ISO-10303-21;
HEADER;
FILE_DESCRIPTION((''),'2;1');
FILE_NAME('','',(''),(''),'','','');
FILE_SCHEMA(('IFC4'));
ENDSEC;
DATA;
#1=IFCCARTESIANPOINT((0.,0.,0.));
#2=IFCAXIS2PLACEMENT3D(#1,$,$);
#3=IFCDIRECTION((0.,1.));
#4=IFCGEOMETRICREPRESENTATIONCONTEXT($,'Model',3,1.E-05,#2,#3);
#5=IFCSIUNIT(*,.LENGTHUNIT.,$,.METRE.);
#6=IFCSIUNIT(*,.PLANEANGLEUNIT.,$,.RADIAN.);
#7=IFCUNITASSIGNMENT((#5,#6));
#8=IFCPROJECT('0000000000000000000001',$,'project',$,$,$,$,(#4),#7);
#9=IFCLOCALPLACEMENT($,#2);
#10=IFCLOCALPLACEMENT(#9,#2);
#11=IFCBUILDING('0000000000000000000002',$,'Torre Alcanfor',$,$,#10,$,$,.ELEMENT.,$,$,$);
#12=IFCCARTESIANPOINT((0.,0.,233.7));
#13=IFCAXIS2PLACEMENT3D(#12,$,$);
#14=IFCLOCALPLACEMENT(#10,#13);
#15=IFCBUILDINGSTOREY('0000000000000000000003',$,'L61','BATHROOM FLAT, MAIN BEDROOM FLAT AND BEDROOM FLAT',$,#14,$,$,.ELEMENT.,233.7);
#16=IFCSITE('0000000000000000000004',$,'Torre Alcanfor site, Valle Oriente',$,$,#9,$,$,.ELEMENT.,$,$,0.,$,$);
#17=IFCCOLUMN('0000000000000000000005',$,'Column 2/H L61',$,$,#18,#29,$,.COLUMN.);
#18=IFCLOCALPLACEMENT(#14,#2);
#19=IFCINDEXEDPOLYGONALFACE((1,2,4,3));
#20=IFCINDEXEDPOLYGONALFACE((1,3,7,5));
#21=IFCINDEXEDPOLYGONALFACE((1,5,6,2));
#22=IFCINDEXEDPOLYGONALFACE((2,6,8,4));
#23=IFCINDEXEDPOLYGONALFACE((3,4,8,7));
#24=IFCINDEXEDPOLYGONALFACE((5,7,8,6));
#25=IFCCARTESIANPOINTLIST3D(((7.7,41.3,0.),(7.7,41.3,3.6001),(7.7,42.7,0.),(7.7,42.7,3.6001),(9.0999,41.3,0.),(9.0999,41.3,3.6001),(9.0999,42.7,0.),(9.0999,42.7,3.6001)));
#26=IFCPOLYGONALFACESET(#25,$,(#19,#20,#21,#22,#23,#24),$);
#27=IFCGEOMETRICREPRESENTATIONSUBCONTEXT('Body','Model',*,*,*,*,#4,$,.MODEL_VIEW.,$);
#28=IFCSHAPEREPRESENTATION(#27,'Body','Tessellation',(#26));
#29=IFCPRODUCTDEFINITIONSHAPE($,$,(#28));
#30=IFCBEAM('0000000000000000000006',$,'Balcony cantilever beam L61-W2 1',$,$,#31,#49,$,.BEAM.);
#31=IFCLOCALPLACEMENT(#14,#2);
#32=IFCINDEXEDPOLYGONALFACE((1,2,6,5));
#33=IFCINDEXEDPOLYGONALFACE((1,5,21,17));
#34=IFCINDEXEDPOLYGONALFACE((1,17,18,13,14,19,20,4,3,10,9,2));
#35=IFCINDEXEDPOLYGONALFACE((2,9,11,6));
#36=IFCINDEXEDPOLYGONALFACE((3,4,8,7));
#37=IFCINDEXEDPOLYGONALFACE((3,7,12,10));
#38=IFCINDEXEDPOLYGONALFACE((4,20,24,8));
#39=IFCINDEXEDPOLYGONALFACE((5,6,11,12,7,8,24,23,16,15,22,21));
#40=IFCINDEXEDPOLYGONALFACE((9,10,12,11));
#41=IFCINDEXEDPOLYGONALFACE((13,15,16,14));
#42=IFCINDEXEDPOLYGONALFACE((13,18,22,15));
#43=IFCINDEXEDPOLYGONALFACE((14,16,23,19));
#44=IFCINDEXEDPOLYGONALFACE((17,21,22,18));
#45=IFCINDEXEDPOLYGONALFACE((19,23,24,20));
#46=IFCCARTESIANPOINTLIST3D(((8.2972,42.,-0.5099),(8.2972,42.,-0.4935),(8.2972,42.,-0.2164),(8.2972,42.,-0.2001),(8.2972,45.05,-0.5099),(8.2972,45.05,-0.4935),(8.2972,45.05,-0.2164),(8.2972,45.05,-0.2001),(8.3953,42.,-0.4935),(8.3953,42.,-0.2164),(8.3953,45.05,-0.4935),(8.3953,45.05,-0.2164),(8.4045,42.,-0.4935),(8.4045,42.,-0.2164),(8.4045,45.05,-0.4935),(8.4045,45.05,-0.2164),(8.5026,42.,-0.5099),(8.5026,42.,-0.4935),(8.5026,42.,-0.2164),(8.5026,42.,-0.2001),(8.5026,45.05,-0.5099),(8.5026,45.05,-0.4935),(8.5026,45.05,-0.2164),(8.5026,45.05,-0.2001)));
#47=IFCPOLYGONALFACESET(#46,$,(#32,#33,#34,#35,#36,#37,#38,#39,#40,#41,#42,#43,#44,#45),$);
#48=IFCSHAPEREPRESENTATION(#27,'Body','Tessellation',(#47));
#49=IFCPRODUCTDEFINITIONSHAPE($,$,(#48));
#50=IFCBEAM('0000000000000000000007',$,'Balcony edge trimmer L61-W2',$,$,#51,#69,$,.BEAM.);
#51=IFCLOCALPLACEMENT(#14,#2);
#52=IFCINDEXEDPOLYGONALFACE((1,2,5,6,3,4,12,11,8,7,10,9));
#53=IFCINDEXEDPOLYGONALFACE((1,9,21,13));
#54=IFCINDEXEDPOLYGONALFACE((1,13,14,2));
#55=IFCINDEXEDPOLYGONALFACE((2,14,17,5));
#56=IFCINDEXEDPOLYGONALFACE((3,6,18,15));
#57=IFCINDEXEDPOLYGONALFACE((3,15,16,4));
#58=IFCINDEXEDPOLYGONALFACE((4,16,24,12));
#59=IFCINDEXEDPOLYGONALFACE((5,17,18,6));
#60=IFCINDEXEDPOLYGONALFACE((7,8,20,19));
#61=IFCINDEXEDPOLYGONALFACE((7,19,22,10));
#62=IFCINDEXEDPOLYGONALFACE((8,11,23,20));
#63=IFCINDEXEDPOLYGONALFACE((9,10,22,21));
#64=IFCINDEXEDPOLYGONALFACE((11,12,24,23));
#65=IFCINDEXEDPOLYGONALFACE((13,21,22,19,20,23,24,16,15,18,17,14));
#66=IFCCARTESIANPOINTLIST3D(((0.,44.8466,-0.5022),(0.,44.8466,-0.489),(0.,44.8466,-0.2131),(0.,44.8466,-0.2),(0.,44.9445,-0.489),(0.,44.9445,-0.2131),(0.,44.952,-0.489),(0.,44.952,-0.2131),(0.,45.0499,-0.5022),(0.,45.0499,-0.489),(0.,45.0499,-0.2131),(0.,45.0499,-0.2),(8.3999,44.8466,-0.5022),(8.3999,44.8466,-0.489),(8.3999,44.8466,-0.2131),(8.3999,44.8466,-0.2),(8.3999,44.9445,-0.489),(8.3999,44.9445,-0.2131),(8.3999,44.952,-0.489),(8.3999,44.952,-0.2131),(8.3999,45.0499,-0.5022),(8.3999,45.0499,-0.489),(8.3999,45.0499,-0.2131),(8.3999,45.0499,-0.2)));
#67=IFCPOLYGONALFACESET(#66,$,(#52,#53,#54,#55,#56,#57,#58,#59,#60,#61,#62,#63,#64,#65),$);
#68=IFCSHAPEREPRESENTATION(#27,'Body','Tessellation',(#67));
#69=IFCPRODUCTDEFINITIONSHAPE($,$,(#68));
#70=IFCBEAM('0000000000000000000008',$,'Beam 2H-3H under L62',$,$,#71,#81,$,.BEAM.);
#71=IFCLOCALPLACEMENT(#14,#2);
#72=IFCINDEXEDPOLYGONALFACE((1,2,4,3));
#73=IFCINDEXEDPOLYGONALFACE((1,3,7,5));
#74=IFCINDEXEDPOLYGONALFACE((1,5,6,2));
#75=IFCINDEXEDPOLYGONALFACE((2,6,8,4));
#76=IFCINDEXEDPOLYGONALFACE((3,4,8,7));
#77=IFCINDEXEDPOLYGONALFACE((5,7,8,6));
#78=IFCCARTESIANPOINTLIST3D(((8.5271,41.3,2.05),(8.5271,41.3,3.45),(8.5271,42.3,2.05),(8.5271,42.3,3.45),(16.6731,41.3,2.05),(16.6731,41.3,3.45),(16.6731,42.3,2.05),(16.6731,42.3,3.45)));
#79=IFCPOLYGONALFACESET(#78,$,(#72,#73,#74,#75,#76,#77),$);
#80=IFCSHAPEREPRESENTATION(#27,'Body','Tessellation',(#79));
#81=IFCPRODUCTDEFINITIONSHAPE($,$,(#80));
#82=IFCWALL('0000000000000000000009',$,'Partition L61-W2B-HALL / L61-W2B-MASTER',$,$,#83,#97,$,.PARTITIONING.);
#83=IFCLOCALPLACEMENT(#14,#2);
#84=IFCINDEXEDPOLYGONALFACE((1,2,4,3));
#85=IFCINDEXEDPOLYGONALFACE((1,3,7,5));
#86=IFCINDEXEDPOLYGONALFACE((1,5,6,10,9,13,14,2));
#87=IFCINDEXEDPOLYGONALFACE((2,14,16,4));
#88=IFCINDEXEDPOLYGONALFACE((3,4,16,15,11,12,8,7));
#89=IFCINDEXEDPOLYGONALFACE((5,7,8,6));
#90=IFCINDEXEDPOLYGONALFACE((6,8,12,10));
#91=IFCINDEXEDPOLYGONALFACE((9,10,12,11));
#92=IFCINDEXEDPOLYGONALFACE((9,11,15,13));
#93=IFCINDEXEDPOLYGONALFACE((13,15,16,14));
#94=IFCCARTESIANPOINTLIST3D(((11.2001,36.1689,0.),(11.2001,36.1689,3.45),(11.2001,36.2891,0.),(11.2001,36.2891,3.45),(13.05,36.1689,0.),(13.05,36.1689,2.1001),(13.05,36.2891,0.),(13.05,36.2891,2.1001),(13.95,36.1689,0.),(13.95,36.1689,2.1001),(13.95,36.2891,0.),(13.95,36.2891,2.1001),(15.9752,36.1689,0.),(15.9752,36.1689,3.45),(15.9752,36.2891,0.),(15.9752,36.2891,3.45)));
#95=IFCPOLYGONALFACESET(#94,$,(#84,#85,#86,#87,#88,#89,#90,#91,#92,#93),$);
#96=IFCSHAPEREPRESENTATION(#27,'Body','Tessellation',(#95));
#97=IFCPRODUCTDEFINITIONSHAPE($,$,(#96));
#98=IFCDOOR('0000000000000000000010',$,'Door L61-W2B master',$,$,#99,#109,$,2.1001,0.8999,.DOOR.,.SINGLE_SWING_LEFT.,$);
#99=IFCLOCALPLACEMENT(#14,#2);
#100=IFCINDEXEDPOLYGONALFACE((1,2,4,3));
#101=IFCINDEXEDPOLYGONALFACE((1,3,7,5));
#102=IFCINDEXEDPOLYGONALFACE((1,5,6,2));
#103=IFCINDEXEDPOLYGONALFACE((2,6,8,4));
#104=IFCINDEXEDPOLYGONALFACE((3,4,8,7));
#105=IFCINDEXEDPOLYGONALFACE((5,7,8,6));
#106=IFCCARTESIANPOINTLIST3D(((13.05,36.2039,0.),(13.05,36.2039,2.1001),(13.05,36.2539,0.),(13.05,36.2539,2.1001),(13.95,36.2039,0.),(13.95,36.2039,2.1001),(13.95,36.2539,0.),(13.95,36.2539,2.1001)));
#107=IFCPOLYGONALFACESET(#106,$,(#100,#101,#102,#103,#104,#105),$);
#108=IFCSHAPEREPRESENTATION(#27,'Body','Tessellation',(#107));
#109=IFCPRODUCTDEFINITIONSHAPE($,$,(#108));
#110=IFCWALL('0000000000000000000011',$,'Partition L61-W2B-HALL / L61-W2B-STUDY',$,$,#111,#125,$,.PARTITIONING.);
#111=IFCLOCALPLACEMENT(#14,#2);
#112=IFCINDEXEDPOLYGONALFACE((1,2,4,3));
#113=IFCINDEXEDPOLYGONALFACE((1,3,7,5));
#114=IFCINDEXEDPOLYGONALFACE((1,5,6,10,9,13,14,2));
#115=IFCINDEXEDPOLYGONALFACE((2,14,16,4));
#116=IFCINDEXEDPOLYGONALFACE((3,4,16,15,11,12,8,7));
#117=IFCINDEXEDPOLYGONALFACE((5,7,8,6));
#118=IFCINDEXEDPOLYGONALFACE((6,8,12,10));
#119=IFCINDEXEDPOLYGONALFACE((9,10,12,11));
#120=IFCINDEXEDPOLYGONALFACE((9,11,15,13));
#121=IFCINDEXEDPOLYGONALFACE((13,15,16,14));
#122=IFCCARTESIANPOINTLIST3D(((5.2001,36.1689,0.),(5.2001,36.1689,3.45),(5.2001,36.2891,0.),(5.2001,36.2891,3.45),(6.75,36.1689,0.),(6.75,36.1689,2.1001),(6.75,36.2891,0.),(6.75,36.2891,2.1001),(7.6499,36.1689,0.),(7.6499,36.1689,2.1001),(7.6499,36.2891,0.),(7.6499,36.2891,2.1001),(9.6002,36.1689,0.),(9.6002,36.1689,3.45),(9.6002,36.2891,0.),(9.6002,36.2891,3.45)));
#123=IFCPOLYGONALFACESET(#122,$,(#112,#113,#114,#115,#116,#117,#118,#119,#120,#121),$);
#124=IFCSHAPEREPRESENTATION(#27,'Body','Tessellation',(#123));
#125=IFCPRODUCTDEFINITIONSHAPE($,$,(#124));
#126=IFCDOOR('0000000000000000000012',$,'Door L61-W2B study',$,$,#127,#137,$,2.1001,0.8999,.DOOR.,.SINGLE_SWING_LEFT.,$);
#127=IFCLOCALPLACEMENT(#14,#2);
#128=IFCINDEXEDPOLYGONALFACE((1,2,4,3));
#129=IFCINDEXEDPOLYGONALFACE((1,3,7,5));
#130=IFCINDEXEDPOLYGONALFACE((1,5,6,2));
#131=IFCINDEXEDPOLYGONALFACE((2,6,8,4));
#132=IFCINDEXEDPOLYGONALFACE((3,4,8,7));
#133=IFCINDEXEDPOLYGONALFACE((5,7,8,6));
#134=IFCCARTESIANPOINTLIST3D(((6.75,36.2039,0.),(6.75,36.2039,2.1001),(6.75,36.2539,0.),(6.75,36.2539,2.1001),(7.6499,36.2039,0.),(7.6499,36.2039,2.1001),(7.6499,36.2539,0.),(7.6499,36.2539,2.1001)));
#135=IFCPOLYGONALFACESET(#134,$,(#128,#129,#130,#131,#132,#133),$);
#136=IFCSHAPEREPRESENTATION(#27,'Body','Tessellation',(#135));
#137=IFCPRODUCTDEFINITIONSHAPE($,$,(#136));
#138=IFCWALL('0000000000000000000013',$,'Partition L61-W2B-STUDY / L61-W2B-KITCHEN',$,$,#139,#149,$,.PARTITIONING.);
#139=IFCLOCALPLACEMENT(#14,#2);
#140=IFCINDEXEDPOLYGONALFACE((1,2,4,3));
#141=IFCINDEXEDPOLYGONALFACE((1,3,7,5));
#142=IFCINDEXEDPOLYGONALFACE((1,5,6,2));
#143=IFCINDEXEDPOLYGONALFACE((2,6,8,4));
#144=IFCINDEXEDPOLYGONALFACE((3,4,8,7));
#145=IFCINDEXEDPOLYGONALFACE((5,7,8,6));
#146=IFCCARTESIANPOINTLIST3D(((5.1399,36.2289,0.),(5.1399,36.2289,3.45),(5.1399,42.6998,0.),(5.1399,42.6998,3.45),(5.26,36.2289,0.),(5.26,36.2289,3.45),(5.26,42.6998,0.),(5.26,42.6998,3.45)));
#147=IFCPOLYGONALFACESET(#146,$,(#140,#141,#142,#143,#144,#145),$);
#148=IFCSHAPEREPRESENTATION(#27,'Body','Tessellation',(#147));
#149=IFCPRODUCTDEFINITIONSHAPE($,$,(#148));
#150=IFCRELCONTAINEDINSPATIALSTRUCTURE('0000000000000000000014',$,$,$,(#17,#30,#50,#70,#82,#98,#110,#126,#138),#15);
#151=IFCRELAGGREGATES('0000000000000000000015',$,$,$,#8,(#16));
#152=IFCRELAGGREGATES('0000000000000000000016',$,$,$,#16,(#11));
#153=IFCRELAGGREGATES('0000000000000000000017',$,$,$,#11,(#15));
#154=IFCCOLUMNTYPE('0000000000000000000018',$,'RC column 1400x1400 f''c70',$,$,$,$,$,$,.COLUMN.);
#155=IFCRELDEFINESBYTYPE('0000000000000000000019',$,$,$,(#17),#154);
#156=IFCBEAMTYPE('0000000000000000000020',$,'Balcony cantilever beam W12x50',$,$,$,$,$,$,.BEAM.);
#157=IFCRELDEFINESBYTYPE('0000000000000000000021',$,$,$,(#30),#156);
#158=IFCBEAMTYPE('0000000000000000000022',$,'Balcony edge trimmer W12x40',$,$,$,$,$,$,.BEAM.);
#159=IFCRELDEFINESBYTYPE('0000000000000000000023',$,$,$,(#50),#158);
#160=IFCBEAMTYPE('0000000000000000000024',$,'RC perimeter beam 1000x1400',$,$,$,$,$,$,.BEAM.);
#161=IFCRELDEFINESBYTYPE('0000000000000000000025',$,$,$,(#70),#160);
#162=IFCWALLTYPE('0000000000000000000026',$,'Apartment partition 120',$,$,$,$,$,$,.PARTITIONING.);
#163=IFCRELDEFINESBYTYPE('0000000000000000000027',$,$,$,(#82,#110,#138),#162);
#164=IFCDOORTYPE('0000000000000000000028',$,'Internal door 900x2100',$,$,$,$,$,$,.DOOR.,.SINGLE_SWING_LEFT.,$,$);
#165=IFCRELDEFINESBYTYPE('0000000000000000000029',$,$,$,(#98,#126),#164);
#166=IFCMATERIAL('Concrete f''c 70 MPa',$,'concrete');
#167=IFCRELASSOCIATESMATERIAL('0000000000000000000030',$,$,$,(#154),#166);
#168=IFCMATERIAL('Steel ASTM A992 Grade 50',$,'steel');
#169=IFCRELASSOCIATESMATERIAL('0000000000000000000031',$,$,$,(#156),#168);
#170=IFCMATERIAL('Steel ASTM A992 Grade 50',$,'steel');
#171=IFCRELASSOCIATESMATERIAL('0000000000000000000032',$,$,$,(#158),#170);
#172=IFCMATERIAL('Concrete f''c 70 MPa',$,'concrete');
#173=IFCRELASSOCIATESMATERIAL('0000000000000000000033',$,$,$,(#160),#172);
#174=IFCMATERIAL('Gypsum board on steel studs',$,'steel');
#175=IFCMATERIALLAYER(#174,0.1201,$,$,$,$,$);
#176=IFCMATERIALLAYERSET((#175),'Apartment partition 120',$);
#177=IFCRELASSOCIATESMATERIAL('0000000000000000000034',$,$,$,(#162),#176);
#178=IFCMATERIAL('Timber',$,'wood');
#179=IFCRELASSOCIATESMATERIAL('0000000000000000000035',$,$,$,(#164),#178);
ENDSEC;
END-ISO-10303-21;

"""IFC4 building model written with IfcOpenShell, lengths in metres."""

from ifc_helpers import new_model, si_unit, direction, frame, frame_2d, origin, origin_2d, place, context, subcontext, project, spatial, rectangle, i_section, extrude, material, layer, layer_set, material_profile, profile_set, type_object, element, fill, save


model = new_model("IFC4")

# Units and contexts
model_context = context("Model", 3, precision=1e-05, world=origin(), true_north=direction((0.0, 1.0)))
body_context = subcontext(model_context, "Body", "Model", "MODEL_VIEW")
ifc_project = project(units=[si_unit("LENGTHUNIT", "METRE"), si_unit("PLANEANGLEUNIT", "RADIAN")], contexts=[model_context])

# Site, building, storey
site_placement = place(None, origin())
site = spatial("IfcSite", under=ifc_project, at=site_placement, Name="Torre Alcanfor site, Valle Oriente", CompositionType="ELEMENT", RefElevation=0.0)
building_placement = place(site_placement, origin())
building = spatial("IfcBuilding", under=site, at=building_placement, Name="Torre Alcanfor", CompositionType="ELEMENT")
storey_placement = place(building_placement, frame((0.0, 0.0, 233.7)))
storey = spatial("IfcBuildingStorey", under=building, at=storey_placement, Name="L61", Description="BATHROOM FLAT, MAIN BEDROOM FLAT AND BEDROOM FLAT", CompositionType="ELEMENT", Elevation=233.7)

# Column
ifc_material_1 = material(Name="Concrete f'c 70 MPa", Category="concrete")
ifc_material_profile_1 = material_profile(ifc_material_1, rectangle(XDim=1.3999, YDim=1.3999, at=origin_2d()), Name="1400x1400")
ifc_profile_set_1 = profile_set([ifc_material_profile_1], Name="Concrete f'c 70 MPa")
column_type = type_object("IfcColumnType", Name="RC column 1400x1400 f'c70", PredefinedType="COLUMN", material=ifc_profile_set_1)
column_placement = place(storey_placement, frame((8.3999, 42.0, 0.0), z_axis=(0.0, 0.0, 1.0), x_axis=(1.0, 0.0, 0.0)))
element("IfcColumn", 1, at=column_placement, inside=storey, type_object=column_type, Name="Column 2/H L61", PredefinedType="COLUMN", context=body_context, shape_type="SweptSolid", body=[
    extrude(rectangle(XDim=1.3999, YDim=1.3999, at=origin_2d()), origin(), (0.0, 0.0, 1.0), 3.6001),
])

# Beams
ifc_material_2 = material(Name="Steel ASTM A992 Grade 50", Category="steel")
ifc_material_profile_2 = material_profile(ifc_material_2, i_section(OverallWidth=0.2053, OverallDepth=0.3098, WebThickness=0.0093, FlangeThickness=0.0164, at=origin_2d()), Name="W12x50")
ifc_profile_set_2 = profile_set([ifc_material_profile_2], Name="Steel ASTM A992 Grade 50")
beam_type_1 = type_object("IfcBeamType", Name="Balcony cantilever beam W12x50", PredefinedType="BEAM", material=ifc_profile_set_2)
beam_1_placement = place(storey_placement, frame((8.3999, 42.0, -0.355), z_axis=(0.0, 1.0, 0.0), x_axis=(-1.0, 0.0, 0.0)))
element("IfcBeam", 2, at=beam_1_placement, inside=storey, type_object=beam_type_1, Name="Balcony cantilever beam L61-W2 1", PredefinedType="BEAM", context=body_context, shape_type="SweptSolid", body=[
    extrude(i_section(OverallWidth=0.2053, OverallDepth=0.3098, WebThickness=0.0093, FlangeThickness=0.0164, at=origin_2d()), origin(), (0.0, 0.0, 1.0), 3.05),
])
ifc_material_3 = material(Name="Steel ASTM A992 Grade 50", Category="steel")
ifc_material_profile_3 = material_profile(ifc_material_3, i_section(OverallWidth=0.2034, OverallDepth=0.3022, WebThickness=0.0076, FlangeThickness=0.0132, at=origin_2d()), Name="W12x40")
ifc_profile_set_3 = profile_set([ifc_material_profile_3], Name="Steel ASTM A992 Grade 50")
beam_type_2 = type_object("IfcBeamType", Name="Balcony edge trimmer W12x40", PredefinedType="BEAM", material=ifc_profile_set_3)
beam_2_placement = place(storey_placement, frame((8.3999, 44.9482, -0.3511), z_axis=(-1.0, 0.0, 0.0), x_axis=(0.0, -1.0, 0.0)))
element("IfcBeam", 3, at=beam_2_placement, inside=storey, type_object=beam_type_2, Name="Balcony edge trimmer L61-W2", PredefinedType="BEAM", context=body_context, shape_type="SweptSolid", body=[
    extrude(i_section(OverallWidth=0.2034, OverallDepth=0.3022, WebThickness=0.0076, FlangeThickness=0.0132, at=origin_2d()), origin(), (0.0, 0.0, 1.0), 8.3999),
])
ifc_material_4 = material(Name="Concrete f'c 70 MPa", Category="concrete")
ifc_material_profile_4 = material_profile(ifc_material_4, rectangle(XDim=1.0, YDim=1.3999, at=origin_2d()), Name="1000x1400")
ifc_profile_set_4 = profile_set([ifc_material_profile_4], Name="Concrete f'c 70 MPa")
beam_type_3 = type_object("IfcBeamType", Name="RC perimeter beam 1000x1400", PredefinedType="BEAM", material=ifc_profile_set_4)
beam_3_placement = place(storey_placement, frame((8.5271, 41.8, 2.75), z_axis=(1.0, 0.0, 0.0), x_axis=(0.0, 1.0, 0.0)))
element("IfcBeam", 4, at=beam_3_placement, inside=storey, type_object=beam_type_3, Name="Beam 2H-3H under L62", PredefinedType="BEAM", context=body_context, shape_type="SweptSolid", body=[
    extrude(rectangle(XDim=1.0, YDim=1.3999, at=origin_2d()), origin(), (0.0, 0.0, 1.0), 8.146),
])

# Walls, openings, doors
ifc_material_5 = material(Name="Gypsum board on steel studs", Category="steel")
ifc_layer_1 = layer(ifc_material_5, 0.1201)
ifc_layer_set_1 = layer_set([ifc_layer_1], Name="Apartment partition 120")
wall_type_1 = type_object("IfcWallType", Name="Apartment partition 120", PredefinedType="PARTITIONING", material=ifc_layer_set_1)
wall_1_placement = place(storey_placement, frame((11.2, 36.229, 0.0), z_axis=(0.0, 0.0, 1.0), x_axis=(1.0, 0.0, 0.0)))
wall_1 = element("IfcWall", 5, at=wall_1_placement, inside=storey, type_object=wall_type_1, Name="Partition L61-W2B-HALL / L61-W2B-MASTER", PredefinedType="PARTITIONING", context=body_context, shape_type="SweptSolid", body=[
    extrude(rectangle(XDim=4.7751, YDim=0.1201, at=frame_2d((2.3877, 0.0))), origin(), (0.0, 0.0, 1.0), 3.45),
])
opening_1_placement = place(wall_1_placement, frame((1.8501, 0.0, 0.0)))
opening_1 = element("IfcOpeningElement", 6, at=opening_1_placement, cuts=wall_1, PredefinedType="OPENING", context=body_context, shape_type="SweptSolid", body=[
    extrude(rectangle(XDim=0.8999, YDim=2.1001, at=frame_2d((0.45, 1.05))), frame((0.0, 0.0701, 0.0), z_axis=(0.0, -1.0, 0.0), x_axis=(1.0, 0.0, 0.0)), (0.0, 0.0, 1.0), 0.1401),
])
ifc_material_6 = material(Name="Timber", Category="wood")
door_type_1 = type_object("IfcDoorType", Name="Internal door 900x2100", OperationType="SINGLE_SWING_LEFT", PredefinedType="DOOR", material=ifc_material_6)
door_1_placement = place(opening_1_placement, origin())
door_1 = element("IfcDoor", 7, at=door_1_placement, inside=storey, type_object=door_type_1, Name="Door L61-W2B master", OperationType="SINGLE_SWING_LEFT", OverallHeight=2.1001, OverallWidth=0.8999, PredefinedType="DOOR", context=body_context, shape_type="SweptSolid", body=[
    extrude(rectangle(XDim=0.8999, YDim=2.1001, at=frame_2d((0.45, 1.05))), frame((0.0, 0.0249, 0.0), z_axis=(0.0, -1.0, 0.0), x_axis=(1.0, 0.0, 0.0)), (0.0, 0.0, 1.0), 0.05),
])
fill(opening_1, door_1)
wall_2_placement = place(storey_placement, frame((5.2, 36.229, 0.0), z_axis=(0.0, 0.0, 1.0), x_axis=(1.0, 0.0, 0.0)))
wall_2 = element("IfcWall", 8, at=wall_2_placement, inside=storey, type_object=wall_type_1, Name="Partition L61-W2B-HALL / L61-W2B-STUDY", PredefinedType="PARTITIONING", context=body_context, shape_type="SweptSolid", body=[
    extrude(rectangle(XDim=4.4001, YDim=0.1201, at=frame_2d((2.2002, 0.0))), origin(), (0.0, 0.0, 1.0), 3.45),
])
opening_2_placement = place(wall_2_placement, frame((1.55, 0.0, 0.0)))
opening_2 = element("IfcOpeningElement", 9, at=opening_2_placement, cuts=wall_2, PredefinedType="OPENING", context=body_context, shape_type="SweptSolid", body=[
    extrude(rectangle(XDim=0.8999, YDim=2.1001, at=frame_2d((0.45, 1.05))), frame((0.0, 0.0701, 0.0), z_axis=(0.0, -1.0, 0.0), x_axis=(1.0, 0.0, 0.0)), (0.0, 0.0, 1.0), 0.1401),
])
door_2_placement = place(opening_2_placement, origin())
door_2 = element("IfcDoor", 10, at=door_2_placement, inside=storey, type_object=door_type_1, Name="Door L61-W2B study", OperationType="SINGLE_SWING_LEFT", OverallHeight=2.1001, OverallWidth=0.8999, PredefinedType="DOOR", context=body_context, shape_type="SweptSolid", body=[
    extrude(rectangle(XDim=0.8999, YDim=2.1001, at=frame_2d((0.45, 1.05))), frame((0.0, 0.0249, 0.0), z_axis=(0.0, -1.0, 0.0), x_axis=(1.0, 0.0, 0.0)), (0.0, 0.0, 1.0), 0.05),
])
fill(opening_2, door_2)

# Wall
wall_3_placement = place(storey_placement, frame((5.2, 36.229, 0.0), z_axis=(0.0, 0.0, 1.0), x_axis=(0.0, 1.0, 0.0)))
element("IfcWall", 11, at=wall_3_placement, inside=storey, type_object=wall_type_1, Name="Partition L61-W2B-STUDY / L61-W2B-KITCHEN", PredefinedType="PARTITIONING", context=body_context, shape_type="SweptSolid", body=[
    extrude(rectangle(XDim=6.4709, YDim=0.1201, at=frame_2d((3.2354, 0.0))), origin(), (0.0, 0.0, 1.0), 3.45),
])

save(model, "model.ifc")
